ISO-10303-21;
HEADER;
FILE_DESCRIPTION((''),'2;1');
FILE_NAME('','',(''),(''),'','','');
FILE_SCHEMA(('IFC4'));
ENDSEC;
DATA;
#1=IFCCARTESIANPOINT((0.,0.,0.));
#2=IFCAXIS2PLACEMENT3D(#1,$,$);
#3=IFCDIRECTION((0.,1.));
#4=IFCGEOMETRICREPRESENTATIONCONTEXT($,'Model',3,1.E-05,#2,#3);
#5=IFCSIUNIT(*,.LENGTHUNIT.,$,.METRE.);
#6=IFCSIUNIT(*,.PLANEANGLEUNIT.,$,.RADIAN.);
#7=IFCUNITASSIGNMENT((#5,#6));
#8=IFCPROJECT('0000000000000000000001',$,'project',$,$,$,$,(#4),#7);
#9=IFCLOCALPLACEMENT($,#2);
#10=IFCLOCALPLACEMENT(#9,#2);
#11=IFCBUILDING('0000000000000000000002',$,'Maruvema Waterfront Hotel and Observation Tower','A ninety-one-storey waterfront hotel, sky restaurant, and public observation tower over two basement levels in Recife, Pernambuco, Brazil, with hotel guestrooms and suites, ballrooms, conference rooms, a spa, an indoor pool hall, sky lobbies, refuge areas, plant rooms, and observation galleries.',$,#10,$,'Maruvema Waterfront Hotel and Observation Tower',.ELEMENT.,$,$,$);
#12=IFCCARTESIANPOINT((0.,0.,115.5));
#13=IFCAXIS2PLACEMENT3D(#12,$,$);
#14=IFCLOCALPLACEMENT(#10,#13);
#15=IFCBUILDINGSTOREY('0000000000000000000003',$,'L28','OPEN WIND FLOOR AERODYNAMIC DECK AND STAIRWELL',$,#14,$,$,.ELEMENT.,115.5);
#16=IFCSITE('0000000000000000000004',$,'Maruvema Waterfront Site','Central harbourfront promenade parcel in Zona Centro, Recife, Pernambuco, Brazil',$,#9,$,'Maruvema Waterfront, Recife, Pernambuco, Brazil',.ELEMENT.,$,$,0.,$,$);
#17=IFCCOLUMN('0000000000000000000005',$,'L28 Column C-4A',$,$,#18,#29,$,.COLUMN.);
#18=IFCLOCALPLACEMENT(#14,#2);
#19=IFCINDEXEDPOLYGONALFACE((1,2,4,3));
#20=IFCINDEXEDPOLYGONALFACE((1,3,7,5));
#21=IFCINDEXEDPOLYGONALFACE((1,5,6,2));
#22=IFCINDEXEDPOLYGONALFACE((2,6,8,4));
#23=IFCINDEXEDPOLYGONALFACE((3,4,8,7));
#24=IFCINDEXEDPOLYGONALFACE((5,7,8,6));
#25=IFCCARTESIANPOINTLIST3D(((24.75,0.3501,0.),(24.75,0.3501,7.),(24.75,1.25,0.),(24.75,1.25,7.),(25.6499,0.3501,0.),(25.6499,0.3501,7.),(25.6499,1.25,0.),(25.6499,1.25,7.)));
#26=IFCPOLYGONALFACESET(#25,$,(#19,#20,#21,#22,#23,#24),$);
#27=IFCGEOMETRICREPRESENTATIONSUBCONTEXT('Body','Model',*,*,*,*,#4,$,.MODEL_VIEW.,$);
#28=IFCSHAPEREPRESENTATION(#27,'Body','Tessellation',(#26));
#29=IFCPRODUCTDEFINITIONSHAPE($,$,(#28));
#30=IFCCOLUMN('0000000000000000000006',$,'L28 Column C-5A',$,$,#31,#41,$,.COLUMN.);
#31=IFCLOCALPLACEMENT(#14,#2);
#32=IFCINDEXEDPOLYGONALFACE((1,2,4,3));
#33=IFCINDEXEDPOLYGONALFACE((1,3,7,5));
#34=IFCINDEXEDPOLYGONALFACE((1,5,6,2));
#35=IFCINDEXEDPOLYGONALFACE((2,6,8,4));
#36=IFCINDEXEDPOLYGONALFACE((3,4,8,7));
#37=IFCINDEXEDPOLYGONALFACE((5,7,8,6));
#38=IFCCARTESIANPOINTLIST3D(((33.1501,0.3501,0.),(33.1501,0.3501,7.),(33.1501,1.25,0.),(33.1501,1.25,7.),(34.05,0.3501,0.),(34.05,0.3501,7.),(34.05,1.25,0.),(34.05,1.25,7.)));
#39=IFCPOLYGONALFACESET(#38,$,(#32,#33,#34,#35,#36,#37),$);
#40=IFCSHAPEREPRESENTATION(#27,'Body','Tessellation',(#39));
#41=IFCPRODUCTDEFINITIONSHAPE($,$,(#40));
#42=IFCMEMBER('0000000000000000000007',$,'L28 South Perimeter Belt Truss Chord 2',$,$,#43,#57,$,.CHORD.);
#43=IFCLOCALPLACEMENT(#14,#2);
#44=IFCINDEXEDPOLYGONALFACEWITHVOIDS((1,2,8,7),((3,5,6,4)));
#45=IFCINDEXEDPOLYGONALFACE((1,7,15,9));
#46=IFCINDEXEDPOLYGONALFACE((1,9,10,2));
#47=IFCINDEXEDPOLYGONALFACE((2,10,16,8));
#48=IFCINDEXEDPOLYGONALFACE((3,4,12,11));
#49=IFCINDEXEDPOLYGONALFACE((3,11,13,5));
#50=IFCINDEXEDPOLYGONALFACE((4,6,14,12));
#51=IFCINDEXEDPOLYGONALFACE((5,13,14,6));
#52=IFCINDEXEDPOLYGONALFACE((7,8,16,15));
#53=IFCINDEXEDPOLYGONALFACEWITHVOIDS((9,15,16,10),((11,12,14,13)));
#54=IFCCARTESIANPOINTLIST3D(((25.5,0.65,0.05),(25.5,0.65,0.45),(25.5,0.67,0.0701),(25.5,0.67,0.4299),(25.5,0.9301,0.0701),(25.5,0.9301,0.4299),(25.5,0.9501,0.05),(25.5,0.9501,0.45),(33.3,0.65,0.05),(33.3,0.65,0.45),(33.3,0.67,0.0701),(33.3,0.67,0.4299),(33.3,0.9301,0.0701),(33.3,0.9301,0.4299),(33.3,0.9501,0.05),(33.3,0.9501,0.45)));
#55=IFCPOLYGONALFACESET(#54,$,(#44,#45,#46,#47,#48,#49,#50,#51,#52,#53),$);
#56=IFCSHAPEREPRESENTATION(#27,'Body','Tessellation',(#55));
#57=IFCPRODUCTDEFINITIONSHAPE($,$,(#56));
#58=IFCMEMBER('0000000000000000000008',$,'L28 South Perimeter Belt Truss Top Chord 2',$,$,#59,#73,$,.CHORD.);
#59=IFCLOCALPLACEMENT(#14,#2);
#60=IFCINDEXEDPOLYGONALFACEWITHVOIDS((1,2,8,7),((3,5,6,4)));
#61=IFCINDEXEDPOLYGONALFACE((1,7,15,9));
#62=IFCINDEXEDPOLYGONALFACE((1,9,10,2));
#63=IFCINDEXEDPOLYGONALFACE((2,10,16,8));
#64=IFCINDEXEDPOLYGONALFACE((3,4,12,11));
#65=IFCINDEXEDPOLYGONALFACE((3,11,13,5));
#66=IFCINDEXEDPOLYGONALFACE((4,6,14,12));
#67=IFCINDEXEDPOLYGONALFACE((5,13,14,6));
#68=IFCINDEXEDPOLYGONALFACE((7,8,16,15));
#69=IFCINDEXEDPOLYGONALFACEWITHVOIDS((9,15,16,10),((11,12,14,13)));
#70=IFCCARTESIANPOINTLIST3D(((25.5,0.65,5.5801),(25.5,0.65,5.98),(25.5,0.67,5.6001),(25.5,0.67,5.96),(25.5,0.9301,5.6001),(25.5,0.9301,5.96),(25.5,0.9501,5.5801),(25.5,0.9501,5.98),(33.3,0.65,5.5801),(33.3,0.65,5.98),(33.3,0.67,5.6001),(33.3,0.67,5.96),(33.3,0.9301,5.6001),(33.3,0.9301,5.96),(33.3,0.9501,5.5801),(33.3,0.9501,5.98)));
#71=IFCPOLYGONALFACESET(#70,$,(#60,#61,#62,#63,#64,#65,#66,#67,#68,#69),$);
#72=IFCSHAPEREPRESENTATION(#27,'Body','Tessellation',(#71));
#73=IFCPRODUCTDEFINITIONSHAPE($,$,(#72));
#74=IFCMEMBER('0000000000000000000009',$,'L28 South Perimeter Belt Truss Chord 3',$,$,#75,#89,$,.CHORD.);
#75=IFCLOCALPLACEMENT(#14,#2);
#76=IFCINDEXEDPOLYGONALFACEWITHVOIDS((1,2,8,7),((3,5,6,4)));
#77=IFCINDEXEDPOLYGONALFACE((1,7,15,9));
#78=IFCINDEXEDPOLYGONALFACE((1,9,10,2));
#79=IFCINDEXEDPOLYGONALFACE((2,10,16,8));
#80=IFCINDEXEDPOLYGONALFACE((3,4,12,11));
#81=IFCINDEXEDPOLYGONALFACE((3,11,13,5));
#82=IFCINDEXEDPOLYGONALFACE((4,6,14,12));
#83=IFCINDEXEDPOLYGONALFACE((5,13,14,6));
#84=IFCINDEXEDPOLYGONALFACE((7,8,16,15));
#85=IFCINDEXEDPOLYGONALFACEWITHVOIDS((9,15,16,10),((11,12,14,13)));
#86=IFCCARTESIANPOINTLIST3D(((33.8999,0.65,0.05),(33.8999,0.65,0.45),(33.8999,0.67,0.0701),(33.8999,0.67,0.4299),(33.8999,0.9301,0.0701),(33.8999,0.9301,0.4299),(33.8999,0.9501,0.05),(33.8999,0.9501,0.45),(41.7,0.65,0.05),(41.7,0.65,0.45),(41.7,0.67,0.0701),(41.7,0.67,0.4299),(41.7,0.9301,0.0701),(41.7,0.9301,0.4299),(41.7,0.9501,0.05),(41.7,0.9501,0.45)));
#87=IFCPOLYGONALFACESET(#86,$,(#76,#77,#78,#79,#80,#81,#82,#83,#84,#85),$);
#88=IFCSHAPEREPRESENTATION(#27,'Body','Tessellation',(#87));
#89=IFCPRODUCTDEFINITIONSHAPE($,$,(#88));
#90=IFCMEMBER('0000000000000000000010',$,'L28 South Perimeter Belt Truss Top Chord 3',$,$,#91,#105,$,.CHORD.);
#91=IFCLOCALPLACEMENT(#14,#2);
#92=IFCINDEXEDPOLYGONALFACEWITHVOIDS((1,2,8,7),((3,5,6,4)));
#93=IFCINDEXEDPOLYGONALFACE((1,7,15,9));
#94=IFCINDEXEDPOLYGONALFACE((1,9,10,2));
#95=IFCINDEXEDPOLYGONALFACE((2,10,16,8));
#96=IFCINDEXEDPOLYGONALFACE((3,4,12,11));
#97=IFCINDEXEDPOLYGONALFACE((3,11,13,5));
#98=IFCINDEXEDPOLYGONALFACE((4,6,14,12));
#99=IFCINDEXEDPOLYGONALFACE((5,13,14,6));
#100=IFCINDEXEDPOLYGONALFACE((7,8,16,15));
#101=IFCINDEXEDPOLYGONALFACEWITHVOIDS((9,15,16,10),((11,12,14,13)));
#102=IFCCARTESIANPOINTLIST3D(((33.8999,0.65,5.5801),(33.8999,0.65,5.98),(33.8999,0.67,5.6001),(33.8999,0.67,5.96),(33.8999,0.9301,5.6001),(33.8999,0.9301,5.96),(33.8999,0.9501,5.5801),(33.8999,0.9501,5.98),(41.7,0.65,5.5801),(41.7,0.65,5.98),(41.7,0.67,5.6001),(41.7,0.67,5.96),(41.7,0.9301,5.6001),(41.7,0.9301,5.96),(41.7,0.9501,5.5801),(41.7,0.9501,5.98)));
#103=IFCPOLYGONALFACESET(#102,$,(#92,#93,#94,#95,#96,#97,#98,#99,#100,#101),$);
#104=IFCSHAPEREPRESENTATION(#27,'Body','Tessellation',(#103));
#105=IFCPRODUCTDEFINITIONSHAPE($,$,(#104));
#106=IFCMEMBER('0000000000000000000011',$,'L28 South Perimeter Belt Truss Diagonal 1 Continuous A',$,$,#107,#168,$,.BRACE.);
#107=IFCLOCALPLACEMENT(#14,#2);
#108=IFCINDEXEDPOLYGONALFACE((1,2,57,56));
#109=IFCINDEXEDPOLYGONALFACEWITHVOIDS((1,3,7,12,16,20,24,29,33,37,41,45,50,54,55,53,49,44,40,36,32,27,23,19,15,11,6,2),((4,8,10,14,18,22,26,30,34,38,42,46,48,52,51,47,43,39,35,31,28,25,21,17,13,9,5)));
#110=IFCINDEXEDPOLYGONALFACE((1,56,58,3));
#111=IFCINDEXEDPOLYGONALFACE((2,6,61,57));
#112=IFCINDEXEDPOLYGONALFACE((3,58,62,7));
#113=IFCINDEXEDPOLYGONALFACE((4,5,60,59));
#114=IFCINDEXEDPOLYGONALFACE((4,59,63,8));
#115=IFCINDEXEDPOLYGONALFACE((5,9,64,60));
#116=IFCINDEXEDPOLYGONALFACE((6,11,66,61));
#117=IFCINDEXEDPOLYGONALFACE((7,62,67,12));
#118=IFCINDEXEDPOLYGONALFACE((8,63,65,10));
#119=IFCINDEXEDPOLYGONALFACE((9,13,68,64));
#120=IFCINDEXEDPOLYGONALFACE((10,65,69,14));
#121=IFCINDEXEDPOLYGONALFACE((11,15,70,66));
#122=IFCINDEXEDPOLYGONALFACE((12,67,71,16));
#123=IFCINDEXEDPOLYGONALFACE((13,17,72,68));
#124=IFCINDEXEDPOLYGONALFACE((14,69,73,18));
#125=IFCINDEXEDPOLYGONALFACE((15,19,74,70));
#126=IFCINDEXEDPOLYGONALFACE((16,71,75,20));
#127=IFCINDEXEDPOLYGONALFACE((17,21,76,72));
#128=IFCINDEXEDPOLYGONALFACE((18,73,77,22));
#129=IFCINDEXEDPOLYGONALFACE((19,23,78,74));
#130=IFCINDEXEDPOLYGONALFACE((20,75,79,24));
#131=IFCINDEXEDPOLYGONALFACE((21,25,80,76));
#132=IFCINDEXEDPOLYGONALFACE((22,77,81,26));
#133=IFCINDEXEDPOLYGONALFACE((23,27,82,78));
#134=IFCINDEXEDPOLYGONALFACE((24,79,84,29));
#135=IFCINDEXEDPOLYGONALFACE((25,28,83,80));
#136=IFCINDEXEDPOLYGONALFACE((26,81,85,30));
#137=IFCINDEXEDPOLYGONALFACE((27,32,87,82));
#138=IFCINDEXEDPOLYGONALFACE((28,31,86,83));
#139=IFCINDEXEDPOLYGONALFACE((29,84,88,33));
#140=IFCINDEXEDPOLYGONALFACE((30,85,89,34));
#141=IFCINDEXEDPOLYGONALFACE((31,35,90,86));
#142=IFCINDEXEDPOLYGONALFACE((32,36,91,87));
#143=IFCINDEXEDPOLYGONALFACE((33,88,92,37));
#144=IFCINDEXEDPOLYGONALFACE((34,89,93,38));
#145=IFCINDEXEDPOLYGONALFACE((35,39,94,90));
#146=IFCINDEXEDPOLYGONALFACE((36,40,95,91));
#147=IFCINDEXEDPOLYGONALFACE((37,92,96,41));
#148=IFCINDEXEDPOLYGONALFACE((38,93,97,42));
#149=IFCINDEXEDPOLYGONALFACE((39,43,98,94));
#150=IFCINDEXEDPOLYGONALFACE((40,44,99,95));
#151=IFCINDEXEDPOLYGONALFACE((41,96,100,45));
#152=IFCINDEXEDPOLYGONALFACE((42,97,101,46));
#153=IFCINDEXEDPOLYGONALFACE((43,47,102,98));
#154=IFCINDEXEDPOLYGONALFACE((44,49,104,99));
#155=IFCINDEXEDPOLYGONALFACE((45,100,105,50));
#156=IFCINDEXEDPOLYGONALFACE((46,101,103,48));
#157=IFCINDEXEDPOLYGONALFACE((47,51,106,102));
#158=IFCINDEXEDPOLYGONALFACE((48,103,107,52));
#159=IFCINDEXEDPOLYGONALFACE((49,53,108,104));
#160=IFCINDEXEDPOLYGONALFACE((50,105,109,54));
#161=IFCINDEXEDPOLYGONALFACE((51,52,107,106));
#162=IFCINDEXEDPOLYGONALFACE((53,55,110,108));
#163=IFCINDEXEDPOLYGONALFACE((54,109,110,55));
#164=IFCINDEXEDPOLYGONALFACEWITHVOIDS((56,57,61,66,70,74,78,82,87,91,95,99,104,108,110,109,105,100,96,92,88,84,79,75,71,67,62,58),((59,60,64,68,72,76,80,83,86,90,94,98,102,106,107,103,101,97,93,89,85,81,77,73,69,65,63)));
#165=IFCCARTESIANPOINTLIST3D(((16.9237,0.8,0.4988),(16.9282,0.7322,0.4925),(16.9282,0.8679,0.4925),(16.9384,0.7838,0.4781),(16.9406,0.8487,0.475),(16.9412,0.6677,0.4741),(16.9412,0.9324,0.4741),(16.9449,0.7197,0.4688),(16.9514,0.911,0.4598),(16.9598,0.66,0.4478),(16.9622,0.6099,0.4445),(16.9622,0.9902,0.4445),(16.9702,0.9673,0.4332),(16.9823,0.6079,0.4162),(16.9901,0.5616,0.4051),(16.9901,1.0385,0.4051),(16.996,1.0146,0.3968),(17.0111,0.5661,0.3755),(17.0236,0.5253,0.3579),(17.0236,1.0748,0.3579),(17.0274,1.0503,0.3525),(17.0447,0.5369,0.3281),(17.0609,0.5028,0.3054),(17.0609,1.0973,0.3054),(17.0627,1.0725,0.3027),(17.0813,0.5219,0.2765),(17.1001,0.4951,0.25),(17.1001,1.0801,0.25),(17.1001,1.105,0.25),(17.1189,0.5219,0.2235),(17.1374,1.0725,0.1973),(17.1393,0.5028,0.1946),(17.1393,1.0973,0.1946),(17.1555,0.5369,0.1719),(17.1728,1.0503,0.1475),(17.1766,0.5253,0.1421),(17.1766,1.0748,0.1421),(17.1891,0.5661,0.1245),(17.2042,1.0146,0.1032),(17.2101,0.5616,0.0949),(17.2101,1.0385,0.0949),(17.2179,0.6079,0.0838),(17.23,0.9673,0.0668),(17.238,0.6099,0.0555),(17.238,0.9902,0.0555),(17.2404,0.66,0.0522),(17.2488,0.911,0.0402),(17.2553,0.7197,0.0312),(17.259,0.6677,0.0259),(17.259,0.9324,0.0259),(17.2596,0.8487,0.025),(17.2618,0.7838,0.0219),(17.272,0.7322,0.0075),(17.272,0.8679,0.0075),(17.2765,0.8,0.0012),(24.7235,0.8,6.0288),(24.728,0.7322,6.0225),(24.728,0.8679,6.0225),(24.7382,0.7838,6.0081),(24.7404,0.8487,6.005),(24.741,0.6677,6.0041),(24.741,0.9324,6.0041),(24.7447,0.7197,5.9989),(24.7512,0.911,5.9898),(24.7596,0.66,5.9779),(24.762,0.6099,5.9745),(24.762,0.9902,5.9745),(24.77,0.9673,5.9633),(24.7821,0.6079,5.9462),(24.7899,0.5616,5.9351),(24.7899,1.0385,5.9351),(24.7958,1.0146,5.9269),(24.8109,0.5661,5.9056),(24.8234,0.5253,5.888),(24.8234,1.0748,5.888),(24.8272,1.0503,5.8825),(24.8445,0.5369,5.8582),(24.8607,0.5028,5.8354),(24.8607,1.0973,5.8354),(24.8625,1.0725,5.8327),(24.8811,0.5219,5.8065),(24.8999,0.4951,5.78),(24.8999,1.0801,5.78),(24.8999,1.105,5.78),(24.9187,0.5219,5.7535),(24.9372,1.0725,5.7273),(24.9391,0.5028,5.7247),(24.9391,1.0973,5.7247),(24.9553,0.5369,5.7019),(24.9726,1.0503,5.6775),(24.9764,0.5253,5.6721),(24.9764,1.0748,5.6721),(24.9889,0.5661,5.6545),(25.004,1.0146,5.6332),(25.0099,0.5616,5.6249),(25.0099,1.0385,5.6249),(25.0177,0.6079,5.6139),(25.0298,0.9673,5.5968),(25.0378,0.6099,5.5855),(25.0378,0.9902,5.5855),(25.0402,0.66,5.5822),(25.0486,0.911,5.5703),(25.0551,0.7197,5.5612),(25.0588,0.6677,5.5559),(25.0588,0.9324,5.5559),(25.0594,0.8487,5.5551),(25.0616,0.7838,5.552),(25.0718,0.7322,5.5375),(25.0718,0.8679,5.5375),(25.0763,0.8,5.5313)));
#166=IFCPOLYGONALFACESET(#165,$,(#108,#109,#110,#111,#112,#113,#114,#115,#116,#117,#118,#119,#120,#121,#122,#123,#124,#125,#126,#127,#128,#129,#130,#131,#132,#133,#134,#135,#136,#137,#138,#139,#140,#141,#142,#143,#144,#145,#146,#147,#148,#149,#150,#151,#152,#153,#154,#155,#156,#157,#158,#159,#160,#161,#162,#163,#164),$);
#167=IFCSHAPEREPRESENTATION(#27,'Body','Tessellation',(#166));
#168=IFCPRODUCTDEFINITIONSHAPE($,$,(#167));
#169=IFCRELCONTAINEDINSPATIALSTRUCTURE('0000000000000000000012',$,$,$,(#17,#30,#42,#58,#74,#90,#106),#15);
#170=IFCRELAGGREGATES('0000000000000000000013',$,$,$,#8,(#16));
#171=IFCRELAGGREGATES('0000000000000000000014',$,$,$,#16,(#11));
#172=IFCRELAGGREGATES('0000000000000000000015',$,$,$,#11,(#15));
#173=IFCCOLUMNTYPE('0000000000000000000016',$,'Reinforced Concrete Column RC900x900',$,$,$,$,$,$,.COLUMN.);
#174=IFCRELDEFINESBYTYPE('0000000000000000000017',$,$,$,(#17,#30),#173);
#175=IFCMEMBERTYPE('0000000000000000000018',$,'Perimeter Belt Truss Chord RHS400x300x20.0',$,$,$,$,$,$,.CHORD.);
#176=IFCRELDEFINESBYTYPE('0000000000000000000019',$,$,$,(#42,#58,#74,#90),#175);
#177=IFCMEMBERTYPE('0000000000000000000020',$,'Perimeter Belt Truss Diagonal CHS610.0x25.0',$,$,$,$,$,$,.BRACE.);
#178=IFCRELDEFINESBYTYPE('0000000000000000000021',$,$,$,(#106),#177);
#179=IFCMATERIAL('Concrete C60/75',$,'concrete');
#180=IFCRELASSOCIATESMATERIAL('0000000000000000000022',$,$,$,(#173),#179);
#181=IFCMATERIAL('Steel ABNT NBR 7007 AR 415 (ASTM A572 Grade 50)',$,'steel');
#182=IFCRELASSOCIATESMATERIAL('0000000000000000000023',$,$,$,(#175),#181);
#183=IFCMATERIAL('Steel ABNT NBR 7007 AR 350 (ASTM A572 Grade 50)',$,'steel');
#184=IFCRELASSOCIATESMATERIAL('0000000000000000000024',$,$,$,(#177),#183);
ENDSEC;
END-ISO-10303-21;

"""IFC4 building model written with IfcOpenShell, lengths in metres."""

from ifc_helpers import new_model, si_unit, direction, frame, origin, origin_2d, place, context, subcontext, project, spatial, rectangle, hollow_rectangle, hollow_circle, extrude, material, material_profile, profile_set, type_object, element, save


model = new_model("IFC4")

# Units and contexts
model_context = context("Model", 3, precision=1e-05, world=origin(), true_north=direction((0.0, 1.0)))
body_context = subcontext(model_context, "Body", "Model", "MODEL_VIEW")
ifc_project = project(units=[si_unit("LENGTHUNIT", "METRE"), si_unit("PLANEANGLEUNIT", "RADIAN")], contexts=[model_context])

# Site, building, storey
site_placement = place(None, origin())
site = spatial("IfcSite", under=ifc_project, at=site_placement, Name="Maruvema Waterfront Site", Description="Central harbourfront promenade parcel in Zona Centro, Recife, Pernambuco, Brazil", LongName="Maruvema Waterfront, Recife, Pernambuco, Brazil", CompositionType="ELEMENT", RefElevation=0.0)
building_placement = place(site_placement, origin())
building = spatial("IfcBuilding", under=site, at=building_placement, Name="Maruvema Waterfront Hotel and Observation Tower", Description="A ninety-one-storey waterfront hotel, sky restaurant, and public observation tower over two basement levels in Recife, Pernambuco, Brazil, with hotel guestrooms and suites, ballrooms, conference rooms, a spa, an indoor pool hall, sky lobbies, refuge areas, plant rooms, and observation galleries.", LongName="Maruvema Waterfront Hotel and Observation Tower", CompositionType="ELEMENT")
storey_placement = place(building_placement, frame((0.0, 0.0, 115.5)))
storey = spatial("IfcBuildingStorey", under=building, at=storey_placement, Name="L28", Description="OPEN WIND FLOOR AERODYNAMIC DECK AND STAIRWELL", CompositionType="ELEMENT", Elevation=115.5)

# Columns
ifc_material_1 = material(Name="Concrete C60/75", Category="concrete")
ifc_material_profile_1 = material_profile(ifc_material_1, rectangle(XDim=0.8999, YDim=0.8999, at=origin_2d()), Name="RC900x900")
ifc_profile_set_1 = profile_set([ifc_material_profile_1], Name="Concrete C60/75")
column_type = type_object("IfcColumnType", Name="Reinforced Concrete Column RC900x900", PredefinedType="COLUMN", material=ifc_profile_set_1)
for number, where, z_axis, x_axis, name in (
    (1, (25.2, 0.8, 0.0), (0.0, 0.0, 1.0), (1.0, 0.0, 0.0), "L28 Column C-4A"),
    (2, (33.6001, 0.8, 0.0), (0.0, 0.0, 1.0), (1.0, 0.0, 0.0), "L28 Column C-5A"),
):
    element("IfcColumn", number, at=place(storey_placement, frame(where, z_axis=z_axis, x_axis=x_axis)), inside=storey, type_object=column_type, Name=name, PredefinedType="COLUMN", context=body_context, shape_type="SweptSolid", body=[
        extrude(rectangle(XDim=0.8999, YDim=0.8999, at=origin_2d()), origin(), (0.0, 0.0, 1.0), 7.0),
    ])

# Members
ifc_material_2 = material(Name="Steel ABNT NBR 7007 AR 415 (ASTM A572 Grade 50)", Category="steel")
ifc_material_profile_2 = material_profile(ifc_material_2, hollow_rectangle(XDim=0.3, YDim=0.3999, WallThickness=0.02, at=origin_2d()), Name="RHS400x300x20.0")
ifc_profile_set_2 = profile_set([ifc_material_profile_2], Name="Steel ABNT NBR 7007 AR 415 (ASTM A572 Grade 50)")
member_type_1 = type_object("IfcMemberType", Name="Perimeter Belt Truss Chord RHS400x300x20.0", PredefinedType="CHORD", material=ifc_profile_set_2)
for number, where, z_axis, x_axis, name in (
    (3, (25.5, 0.8, 0.25), (1.0, 0.0, 0.0), (0.0, 1.0, 0.0), "L28 South Perimeter Belt Truss Chord 2"),
    (4, (25.5, 0.8, 5.78), (1.0, 0.0, 0.0), (0.0, 1.0, 0.0), "L28 South Perimeter Belt Truss Top Chord 2"),
    (5, (33.8999, 0.8, 0.25), (1.0, 0.0, 0.0), (0.0, 1.0, 0.0), "L28 South Perimeter Belt Truss Chord 3"),
    (6, (33.8999, 0.8, 5.78), (1.0, 0.0, 0.0), (0.0, 1.0, 0.0), "L28 South Perimeter Belt Truss Top Chord 3"),
):
    element("IfcMember", number, at=place(storey_placement, frame(where, z_axis=z_axis, x_axis=x_axis)), inside=storey, type_object=member_type_1, Name=name, PredefinedType="CHORD", context=body_context, shape_type="SweptSolid", body=[
        extrude(hollow_rectangle(XDim=0.3, YDim=0.3999, WallThickness=0.02, at=origin_2d()), origin(), (0.0, 0.0, 1.0), 7.8),
    ])
ifc_material_3 = material(Name="Steel ABNT NBR 7007 AR 350 (ASTM A572 Grade 50)", Category="steel")
ifc_material_profile_3 = material_profile(ifc_material_3, hollow_circle(Radius=0.3049, WallThickness=0.0249, at=origin_2d()), Name="CHS610.0x25.0")
ifc_profile_set_3 = profile_set([ifc_material_profile_3], Name="Steel ABNT NBR 7007 AR 350 (ASTM A572 Grade 50)")
member_type_2 = type_object("IfcMemberType", Name="Perimeter Belt Truss Diagonal CHS610.0x25.0", PredefinedType="BRACE", material=ifc_profile_set_3)
member_1_placement = place(storey_placement, frame((17.1001, 0.8, 0.25), z_axis=(0.815769, 0.0, 0.578377), x_axis=(0.0, 1.0, 0.0)))
element("IfcMember", 7, at=member_1_placement, inside=storey, type_object=member_type_2, Name="L28 South Perimeter Belt Truss Diagonal 1 Continuous A", PredefinedType="BRACE", context=body_context, shape_type="SweptSolid", body=[
    extrude(hollow_circle(Radius=0.3049, WallThickness=0.0249, at=origin_2d()), origin(), (0.0, 0.0, 1.0), 9.5613),
])

save(model, "model.ifc")
